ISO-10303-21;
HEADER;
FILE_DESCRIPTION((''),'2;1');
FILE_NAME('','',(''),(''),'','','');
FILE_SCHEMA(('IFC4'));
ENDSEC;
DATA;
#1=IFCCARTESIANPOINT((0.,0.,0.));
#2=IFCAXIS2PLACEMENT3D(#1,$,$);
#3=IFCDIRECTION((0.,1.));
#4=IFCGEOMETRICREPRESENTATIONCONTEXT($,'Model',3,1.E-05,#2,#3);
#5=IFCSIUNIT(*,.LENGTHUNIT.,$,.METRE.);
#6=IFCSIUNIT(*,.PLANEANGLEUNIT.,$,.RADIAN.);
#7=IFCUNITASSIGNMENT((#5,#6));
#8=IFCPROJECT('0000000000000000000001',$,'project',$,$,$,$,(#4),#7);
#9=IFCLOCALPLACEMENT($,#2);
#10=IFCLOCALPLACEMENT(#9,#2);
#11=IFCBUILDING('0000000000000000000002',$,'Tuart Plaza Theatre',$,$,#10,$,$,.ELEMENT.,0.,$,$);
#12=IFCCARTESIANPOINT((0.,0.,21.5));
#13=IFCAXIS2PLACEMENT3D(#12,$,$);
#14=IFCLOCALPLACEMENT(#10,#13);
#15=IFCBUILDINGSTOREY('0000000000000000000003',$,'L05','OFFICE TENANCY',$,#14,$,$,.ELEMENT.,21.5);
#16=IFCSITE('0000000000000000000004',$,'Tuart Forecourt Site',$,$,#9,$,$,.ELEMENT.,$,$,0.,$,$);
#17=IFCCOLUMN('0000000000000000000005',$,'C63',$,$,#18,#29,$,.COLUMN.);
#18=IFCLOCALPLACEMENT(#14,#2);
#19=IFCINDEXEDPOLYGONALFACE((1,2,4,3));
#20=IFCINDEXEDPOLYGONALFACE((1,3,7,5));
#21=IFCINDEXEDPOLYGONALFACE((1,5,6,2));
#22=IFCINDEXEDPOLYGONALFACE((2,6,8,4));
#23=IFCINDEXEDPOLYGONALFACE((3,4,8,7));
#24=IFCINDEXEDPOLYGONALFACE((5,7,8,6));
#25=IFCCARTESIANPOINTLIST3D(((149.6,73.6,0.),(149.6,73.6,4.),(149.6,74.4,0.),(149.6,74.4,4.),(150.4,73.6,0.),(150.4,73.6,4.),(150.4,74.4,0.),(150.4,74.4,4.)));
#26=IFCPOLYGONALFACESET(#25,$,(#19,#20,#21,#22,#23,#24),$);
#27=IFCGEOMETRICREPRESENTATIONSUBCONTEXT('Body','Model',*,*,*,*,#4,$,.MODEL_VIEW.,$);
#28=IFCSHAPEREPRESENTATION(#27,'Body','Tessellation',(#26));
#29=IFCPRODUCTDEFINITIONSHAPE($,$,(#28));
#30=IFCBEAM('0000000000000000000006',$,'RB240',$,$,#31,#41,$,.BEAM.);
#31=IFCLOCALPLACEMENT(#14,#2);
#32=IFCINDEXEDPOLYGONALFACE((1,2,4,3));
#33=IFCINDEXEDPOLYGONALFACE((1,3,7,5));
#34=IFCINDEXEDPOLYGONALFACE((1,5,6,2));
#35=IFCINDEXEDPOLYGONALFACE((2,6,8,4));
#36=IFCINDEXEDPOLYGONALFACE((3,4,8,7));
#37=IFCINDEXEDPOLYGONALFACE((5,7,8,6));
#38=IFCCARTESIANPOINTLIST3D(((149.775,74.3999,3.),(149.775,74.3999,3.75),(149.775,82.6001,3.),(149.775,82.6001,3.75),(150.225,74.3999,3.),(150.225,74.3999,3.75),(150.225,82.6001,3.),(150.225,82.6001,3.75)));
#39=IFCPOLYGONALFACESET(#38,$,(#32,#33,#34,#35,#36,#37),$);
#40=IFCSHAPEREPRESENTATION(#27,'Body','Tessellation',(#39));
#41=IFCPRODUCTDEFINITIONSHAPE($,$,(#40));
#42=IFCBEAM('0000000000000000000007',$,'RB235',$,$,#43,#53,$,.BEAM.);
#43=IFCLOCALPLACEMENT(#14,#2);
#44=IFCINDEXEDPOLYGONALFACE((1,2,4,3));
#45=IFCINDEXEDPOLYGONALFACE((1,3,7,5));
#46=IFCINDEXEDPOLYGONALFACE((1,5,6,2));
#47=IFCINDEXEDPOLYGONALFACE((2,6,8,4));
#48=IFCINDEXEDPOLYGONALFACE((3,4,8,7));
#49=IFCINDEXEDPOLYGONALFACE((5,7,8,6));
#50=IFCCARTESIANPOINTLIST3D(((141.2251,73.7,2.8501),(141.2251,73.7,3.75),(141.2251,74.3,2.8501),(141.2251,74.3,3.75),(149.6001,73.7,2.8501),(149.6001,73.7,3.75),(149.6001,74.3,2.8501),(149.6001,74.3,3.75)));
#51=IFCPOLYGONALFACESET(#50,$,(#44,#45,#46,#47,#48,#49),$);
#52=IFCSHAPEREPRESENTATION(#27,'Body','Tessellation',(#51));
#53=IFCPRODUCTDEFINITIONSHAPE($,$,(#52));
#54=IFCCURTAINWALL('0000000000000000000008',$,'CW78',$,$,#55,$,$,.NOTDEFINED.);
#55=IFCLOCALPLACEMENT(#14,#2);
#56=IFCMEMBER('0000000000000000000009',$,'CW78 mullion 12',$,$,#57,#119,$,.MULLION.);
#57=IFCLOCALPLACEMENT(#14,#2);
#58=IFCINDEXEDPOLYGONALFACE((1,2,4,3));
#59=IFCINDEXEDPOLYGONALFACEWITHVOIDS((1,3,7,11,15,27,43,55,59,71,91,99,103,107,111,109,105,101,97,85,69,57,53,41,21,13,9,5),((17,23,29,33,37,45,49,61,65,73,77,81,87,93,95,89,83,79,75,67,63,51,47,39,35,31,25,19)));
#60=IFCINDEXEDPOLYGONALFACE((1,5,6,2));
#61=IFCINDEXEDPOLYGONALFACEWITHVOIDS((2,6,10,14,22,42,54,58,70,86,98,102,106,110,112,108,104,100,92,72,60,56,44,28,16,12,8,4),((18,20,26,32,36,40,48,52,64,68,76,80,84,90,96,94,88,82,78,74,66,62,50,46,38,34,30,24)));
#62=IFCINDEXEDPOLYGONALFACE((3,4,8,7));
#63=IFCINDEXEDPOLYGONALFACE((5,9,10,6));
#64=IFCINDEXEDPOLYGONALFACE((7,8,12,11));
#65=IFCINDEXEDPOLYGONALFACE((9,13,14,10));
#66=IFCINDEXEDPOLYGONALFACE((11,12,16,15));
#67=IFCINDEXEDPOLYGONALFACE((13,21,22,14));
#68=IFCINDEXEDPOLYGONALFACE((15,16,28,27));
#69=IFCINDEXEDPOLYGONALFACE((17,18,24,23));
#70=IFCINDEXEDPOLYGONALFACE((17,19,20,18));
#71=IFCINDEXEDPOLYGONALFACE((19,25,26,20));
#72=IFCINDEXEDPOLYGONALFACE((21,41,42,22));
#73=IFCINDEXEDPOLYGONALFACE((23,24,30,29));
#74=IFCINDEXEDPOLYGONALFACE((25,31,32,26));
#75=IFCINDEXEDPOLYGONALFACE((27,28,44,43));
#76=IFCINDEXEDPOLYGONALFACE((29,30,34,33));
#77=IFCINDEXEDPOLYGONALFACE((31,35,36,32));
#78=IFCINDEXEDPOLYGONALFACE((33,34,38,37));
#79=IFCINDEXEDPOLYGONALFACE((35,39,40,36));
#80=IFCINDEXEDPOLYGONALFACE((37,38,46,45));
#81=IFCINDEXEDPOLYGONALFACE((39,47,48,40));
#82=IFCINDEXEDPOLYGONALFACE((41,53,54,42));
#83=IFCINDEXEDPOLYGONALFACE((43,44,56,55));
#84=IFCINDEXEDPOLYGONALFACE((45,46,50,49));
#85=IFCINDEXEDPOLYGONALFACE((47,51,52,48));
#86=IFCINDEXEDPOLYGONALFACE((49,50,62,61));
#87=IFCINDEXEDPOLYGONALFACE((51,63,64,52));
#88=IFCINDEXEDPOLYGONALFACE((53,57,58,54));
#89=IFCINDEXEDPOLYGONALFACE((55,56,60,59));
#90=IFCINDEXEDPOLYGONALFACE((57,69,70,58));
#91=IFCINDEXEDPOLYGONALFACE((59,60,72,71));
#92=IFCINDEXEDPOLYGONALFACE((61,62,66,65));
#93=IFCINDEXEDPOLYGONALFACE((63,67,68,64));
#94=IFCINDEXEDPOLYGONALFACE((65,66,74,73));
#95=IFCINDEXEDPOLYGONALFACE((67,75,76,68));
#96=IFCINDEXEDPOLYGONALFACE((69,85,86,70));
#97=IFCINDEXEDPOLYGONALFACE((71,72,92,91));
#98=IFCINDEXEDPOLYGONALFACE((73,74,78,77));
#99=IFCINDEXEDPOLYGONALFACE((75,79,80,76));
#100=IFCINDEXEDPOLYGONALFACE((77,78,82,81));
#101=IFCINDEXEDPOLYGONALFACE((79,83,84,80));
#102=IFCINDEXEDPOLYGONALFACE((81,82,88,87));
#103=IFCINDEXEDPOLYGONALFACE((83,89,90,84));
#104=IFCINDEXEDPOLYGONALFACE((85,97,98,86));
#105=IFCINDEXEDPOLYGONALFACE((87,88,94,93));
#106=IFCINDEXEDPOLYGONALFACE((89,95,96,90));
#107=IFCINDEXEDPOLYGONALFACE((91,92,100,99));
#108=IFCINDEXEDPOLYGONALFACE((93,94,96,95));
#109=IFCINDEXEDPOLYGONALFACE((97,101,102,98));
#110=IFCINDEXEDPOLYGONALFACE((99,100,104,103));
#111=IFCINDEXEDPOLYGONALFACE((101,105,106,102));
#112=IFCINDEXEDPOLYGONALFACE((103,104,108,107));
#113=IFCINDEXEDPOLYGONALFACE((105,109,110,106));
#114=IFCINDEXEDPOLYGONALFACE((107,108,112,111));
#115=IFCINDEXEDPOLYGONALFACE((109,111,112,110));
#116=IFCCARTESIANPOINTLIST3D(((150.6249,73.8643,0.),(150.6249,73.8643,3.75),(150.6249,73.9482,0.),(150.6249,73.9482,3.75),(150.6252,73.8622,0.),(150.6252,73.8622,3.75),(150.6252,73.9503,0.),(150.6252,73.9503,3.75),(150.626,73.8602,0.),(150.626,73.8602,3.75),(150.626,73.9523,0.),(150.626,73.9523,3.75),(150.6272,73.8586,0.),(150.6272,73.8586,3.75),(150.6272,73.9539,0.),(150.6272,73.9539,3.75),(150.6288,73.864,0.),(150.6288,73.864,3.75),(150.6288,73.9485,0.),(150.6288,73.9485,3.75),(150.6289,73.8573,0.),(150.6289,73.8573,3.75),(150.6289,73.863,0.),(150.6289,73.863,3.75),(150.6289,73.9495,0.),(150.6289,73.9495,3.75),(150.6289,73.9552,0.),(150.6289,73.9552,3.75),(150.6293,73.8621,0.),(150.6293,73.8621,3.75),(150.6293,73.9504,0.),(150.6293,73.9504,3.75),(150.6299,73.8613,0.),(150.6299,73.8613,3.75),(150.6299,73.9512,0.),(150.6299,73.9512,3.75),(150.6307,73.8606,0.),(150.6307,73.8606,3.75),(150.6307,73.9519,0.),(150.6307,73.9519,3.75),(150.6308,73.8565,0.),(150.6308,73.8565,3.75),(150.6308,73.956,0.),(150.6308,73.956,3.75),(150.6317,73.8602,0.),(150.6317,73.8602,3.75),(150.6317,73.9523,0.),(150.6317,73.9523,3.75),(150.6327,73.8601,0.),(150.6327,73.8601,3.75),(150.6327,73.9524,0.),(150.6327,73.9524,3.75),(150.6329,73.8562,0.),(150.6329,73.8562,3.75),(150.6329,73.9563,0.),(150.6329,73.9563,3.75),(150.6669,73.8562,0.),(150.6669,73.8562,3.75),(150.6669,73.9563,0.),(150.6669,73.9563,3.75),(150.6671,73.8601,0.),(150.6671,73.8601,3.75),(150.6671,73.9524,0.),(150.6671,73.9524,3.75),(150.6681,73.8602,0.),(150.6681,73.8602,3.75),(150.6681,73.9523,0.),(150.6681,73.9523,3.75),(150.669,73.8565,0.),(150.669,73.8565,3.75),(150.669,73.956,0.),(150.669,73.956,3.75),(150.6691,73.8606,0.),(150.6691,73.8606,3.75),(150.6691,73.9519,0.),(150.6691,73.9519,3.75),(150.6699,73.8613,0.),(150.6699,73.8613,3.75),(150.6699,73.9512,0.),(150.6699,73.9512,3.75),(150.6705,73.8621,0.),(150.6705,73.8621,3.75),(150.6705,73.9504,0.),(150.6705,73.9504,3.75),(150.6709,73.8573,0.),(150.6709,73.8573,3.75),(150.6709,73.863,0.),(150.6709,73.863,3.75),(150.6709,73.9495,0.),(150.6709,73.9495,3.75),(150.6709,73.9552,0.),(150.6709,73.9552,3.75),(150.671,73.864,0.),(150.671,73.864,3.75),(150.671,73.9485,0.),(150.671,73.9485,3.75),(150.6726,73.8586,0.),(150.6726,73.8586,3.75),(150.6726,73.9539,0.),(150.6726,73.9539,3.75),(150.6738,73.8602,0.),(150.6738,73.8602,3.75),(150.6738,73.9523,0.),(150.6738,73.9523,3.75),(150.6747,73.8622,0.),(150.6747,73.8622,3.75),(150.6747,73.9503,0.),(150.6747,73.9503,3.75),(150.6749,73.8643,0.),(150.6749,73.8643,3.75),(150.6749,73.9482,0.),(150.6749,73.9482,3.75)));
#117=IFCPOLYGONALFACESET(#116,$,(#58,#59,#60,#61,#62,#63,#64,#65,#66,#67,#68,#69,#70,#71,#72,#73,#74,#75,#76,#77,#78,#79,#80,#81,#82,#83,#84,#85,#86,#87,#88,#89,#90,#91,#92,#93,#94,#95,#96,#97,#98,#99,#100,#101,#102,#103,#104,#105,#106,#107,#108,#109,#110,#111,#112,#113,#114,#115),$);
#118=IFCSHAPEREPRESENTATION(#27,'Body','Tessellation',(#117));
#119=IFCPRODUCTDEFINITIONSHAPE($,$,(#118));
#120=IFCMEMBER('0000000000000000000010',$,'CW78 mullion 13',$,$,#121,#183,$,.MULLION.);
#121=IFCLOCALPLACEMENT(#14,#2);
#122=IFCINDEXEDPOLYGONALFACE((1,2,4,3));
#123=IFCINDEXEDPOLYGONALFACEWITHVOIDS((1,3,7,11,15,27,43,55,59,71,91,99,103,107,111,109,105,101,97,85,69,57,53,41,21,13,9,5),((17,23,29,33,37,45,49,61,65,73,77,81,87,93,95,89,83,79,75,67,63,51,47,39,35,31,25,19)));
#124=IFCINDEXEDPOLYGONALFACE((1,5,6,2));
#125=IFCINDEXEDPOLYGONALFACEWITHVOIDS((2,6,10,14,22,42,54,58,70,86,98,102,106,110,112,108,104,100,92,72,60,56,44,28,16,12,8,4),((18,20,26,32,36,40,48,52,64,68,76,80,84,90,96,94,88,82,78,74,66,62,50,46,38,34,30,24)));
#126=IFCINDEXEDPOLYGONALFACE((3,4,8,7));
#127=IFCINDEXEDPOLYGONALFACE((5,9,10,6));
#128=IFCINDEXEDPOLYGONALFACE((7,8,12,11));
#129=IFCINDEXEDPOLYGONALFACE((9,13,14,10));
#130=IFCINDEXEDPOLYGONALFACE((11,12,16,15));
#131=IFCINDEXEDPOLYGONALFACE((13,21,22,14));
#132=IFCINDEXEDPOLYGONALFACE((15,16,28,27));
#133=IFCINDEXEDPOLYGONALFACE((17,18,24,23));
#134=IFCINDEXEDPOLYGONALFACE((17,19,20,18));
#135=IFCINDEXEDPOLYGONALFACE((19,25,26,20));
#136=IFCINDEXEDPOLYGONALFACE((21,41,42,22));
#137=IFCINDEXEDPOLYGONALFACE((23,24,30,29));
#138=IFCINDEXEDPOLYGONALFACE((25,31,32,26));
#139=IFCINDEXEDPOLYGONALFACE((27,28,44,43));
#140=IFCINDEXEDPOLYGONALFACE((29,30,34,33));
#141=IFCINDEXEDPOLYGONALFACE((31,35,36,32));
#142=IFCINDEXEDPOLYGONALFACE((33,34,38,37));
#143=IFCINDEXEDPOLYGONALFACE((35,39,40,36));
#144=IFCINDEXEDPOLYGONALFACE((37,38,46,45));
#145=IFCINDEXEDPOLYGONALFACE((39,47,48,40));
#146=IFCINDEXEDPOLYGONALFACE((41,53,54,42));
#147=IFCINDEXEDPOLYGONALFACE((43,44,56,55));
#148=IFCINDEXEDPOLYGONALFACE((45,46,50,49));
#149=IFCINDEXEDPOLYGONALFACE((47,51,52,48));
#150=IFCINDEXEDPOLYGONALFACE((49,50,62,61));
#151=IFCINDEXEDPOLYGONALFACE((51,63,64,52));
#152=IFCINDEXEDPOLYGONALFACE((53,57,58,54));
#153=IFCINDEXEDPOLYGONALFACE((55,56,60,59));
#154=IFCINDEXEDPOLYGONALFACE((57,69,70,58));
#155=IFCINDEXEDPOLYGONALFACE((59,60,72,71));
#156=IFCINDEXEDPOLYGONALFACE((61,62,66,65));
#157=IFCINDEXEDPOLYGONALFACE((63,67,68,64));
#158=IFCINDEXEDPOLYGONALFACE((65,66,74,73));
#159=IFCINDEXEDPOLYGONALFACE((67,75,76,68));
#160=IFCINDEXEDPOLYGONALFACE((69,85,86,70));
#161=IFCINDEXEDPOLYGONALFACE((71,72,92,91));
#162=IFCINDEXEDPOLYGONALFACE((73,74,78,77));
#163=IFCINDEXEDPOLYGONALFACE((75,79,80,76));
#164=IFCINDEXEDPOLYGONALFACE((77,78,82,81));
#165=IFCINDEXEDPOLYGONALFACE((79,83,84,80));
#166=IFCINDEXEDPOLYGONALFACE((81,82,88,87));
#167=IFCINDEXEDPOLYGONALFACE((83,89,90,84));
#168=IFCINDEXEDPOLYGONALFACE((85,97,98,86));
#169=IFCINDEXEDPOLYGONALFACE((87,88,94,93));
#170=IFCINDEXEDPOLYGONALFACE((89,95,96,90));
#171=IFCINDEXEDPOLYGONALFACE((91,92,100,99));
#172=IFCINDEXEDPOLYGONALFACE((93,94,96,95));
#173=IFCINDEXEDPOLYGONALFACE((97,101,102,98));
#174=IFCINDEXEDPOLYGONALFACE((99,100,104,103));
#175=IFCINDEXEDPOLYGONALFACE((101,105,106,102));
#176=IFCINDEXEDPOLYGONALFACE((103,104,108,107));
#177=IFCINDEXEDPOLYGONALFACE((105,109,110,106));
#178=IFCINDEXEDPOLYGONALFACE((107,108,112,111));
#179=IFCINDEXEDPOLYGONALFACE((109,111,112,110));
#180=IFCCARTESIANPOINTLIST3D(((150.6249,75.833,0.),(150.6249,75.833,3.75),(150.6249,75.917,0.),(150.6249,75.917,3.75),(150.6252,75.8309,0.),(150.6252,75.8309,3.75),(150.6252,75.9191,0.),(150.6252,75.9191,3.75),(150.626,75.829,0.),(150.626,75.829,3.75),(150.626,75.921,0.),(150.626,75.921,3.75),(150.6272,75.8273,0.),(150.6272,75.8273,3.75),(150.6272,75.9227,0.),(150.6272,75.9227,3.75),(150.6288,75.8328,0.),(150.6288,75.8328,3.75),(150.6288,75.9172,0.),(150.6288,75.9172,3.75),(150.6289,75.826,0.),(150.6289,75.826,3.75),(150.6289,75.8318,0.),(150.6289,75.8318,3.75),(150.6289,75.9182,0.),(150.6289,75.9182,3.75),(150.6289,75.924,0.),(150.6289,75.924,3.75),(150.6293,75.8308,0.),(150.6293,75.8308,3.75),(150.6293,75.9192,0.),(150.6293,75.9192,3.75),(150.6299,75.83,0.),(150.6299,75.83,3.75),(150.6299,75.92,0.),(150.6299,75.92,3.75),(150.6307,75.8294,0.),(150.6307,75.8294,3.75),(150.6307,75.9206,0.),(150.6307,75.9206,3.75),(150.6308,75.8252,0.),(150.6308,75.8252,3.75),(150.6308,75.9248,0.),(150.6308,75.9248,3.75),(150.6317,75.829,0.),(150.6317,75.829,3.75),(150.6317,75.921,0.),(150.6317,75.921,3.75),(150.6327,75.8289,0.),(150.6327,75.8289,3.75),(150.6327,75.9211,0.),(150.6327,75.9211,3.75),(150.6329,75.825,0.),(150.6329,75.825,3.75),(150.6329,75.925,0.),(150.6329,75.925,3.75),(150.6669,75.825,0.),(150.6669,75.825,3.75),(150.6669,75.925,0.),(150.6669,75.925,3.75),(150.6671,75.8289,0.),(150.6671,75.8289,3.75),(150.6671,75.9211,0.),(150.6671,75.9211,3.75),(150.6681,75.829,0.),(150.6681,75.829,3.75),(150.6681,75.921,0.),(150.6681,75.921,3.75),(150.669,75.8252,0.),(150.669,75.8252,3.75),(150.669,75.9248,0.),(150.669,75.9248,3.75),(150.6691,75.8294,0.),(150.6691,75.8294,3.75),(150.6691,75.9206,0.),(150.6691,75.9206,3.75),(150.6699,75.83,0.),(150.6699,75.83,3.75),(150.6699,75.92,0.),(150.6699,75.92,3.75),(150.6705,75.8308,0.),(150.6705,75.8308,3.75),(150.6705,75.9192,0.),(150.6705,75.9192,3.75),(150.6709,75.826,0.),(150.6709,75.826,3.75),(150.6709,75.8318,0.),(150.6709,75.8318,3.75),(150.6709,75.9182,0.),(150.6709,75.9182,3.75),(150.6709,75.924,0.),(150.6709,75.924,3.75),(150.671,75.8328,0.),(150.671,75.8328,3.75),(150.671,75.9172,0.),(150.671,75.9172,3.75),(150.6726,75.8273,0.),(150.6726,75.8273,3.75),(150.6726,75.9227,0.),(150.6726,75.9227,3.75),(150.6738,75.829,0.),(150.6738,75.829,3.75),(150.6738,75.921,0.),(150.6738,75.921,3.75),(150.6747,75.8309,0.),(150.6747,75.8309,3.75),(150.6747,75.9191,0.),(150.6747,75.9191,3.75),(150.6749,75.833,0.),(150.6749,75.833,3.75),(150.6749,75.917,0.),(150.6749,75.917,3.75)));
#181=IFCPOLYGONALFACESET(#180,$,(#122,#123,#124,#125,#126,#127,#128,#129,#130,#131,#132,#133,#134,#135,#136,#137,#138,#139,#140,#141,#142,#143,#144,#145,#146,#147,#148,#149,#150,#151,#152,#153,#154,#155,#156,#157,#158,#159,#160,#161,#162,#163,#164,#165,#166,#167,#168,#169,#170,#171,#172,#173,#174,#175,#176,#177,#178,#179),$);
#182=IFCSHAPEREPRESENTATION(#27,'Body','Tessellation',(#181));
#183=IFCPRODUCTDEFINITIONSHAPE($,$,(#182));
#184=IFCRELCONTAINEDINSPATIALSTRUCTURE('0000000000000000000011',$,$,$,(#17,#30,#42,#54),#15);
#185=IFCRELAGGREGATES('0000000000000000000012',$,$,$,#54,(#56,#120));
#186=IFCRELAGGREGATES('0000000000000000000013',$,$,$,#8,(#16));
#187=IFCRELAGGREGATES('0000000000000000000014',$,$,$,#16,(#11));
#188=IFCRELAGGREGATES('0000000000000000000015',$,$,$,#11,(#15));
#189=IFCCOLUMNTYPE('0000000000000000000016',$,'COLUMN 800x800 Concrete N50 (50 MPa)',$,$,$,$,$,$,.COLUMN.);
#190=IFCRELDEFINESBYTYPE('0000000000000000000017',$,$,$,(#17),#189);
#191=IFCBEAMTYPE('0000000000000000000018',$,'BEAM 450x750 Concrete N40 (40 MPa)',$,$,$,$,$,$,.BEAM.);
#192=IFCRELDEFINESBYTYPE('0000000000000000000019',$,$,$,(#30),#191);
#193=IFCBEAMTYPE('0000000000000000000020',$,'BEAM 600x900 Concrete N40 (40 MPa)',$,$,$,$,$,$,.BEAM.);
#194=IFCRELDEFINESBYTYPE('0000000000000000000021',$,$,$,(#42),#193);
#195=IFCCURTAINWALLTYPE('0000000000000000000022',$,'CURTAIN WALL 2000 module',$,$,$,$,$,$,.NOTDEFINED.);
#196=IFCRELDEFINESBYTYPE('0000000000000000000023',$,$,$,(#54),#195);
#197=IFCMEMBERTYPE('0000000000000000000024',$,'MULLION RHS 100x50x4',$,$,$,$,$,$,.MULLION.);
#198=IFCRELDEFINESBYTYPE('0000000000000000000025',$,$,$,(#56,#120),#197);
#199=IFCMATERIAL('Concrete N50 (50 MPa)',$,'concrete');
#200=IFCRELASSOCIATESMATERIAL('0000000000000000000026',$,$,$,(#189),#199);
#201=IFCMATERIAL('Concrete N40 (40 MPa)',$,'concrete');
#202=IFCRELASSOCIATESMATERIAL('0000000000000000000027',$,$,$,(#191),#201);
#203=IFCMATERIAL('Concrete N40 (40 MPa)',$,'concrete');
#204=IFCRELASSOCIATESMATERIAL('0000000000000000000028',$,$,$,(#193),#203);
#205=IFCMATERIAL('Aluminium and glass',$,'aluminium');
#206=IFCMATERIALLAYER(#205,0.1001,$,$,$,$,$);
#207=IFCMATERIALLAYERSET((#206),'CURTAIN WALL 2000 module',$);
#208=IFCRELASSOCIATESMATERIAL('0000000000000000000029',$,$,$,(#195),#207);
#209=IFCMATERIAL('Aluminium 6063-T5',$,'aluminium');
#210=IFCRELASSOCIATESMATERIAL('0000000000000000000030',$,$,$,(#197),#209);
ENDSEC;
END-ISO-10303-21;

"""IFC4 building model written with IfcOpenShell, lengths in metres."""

from ifc_helpers import new_model, si_unit, direction, frame, origin, origin_2d, place, context, subcontext, project, spatial, rectangle, hollow_rectangle, extrude, material, layer, layer_set, material_profile, profile_set, type_object, element, aggregate, save


model = new_model("IFC4")

# Units and contexts
model_context = context("Model", 3, precision=1e-05, world=origin(), true_north=direction((0.0, 1.0)))
body_context = subcontext(model_context, "Body", "Model", "MODEL_VIEW")
ifc_project = project(units=[si_unit("LENGTHUNIT", "METRE"), si_unit("PLANEANGLEUNIT", "RADIAN")], contexts=[model_context])

# Site, building, storey
site_placement = place(None, origin())
site = spatial("IfcSite", under=ifc_project, at=site_placement, Name="Tuart Forecourt Site", CompositionType="ELEMENT", RefElevation=0.0)
building_placement = place(site_placement, origin())
building = spatial("IfcBuilding", under=site, at=building_placement, Name="Tuart Plaza Theatre", CompositionType="ELEMENT", ElevationOfRefHeight=0.0)
storey_placement = place(building_placement, frame((0.0, 0.0, 21.5)))
storey = spatial("IfcBuildingStorey", under=building, at=storey_placement, Name="L05", Description="OFFICE TENANCY", CompositionType="ELEMENT", Elevation=21.5)

# Column
ifc_material_1 = material(Name="Concrete N50 (50 MPa)", Category="concrete")
ifc_material_profile_1 = material_profile(ifc_material_1, rectangle(XDim=0.8, YDim=0.8, at=origin_2d()), Name="COLUMN 800x800 Concrete N50 (50 MPa)")
ifc_profile_set_1 = profile_set([ifc_material_profile_1], Name="Concrete N50 (50 MPa)")
column_type = type_object("IfcColumnType", Name="COLUMN 800x800 Concrete N50 (50 MPa)", PredefinedType="COLUMN", material=ifc_profile_set_1)
column_placement = place(storey_placement, frame((150.0, 74.0, 0.0), z_axis=(0.0, 0.0, 1.0), x_axis=(1.0, 0.0, 0.0)))
element("IfcColumn", 1, at=column_placement, inside=storey, type_object=column_type, Name="C63", PredefinedType="COLUMN", context=body_context, shape_type="SweptSolid", body=[
    extrude(rectangle(XDim=0.8, YDim=0.8, at=origin_2d()), origin(), (0.0, 0.0, 1.0), 4.0),
])

# Beams
ifc_material_2 = material(Name="Concrete N40 (40 MPa)", Category="concrete")
ifc_material_profile_2 = material_profile(ifc_material_2, rectangle(XDim=0.45, YDim=0.75, at=origin_2d()), Name="BEAM 450x750 Concrete N40 (40 MPa)")
ifc_profile_set_2 = profile_set([ifc_material_profile_2], Name="Concrete N40 (40 MPa)")
beam_type_1 = type_object("IfcBeamType", Name="BEAM 450x750 Concrete N40 (40 MPa)", PredefinedType="BEAM", material=ifc_profile_set_2)
beam_1_placement = place(storey_placement, frame((150.0, 74.3999, 3.375), z_axis=(0.0, 1.0, 0.0), x_axis=(-1.0, 0.0, 0.0)))
element("IfcBeam", 2, at=beam_1_placement, inside=storey, type_object=beam_type_1, Name="RB240", PredefinedType="BEAM", context=body_context, shape_type="SweptSolid", body=[
    extrude(rectangle(XDim=0.45, YDim=0.75, at=origin_2d()), origin(), (0.0, 0.0, 1.0), 8.2002),
])
ifc_material_3 = material(Name="Concrete N40 (40 MPa)", Category="concrete")
ifc_material_profile_3 = material_profile(ifc_material_3, rectangle(XDim=0.6001, YDim=0.8999, at=origin_2d()), Name="BEAM 600x900 Concrete N40 (40 MPa)")
ifc_profile_set_3 = profile_set([ifc_material_profile_3], Name="Concrete N40 (40 MPa)")
beam_type_2 = type_object("IfcBeamType", Name="BEAM 600x900 Concrete N40 (40 MPa)", PredefinedType="BEAM", material=ifc_profile_set_3)
beam_2_placement = place(storey_placement, frame((141.2251, 74.0, 3.3), z_axis=(1.0, 0.0, 0.0), x_axis=(0.0, 1.0, 0.0)))
element("IfcBeam", 3, at=beam_2_placement, inside=storey, type_object=beam_type_2, Name="RB235", PredefinedType="BEAM", context=body_context, shape_type="SweptSolid", body=[
    extrude(rectangle(XDim=0.6001, YDim=0.8999, at=origin_2d()), origin(), (0.0, 0.0, 1.0), 8.375),
])

# Curtain wall, members
ifc_material_4 = material(Name="Aluminium and glass", Category="aluminium")
ifc_layer_1 = layer(ifc_material_4, 0.1001)
ifc_layer_set_1 = layer_set([ifc_layer_1], Name="CURTAIN WALL 2000 module")
curtain_wall_type = type_object("IfcCurtainWallType", Name="CURTAIN WALL 2000 module", PredefinedType="NOTDEFINED", material=ifc_layer_set_1)
curtain_wall_placement = place(storey_placement, origin())
curtain_wall = element("IfcCurtainWall", 4, at=curtain_wall_placement, inside=storey, type_object=curtain_wall_type, Name="CW78", PredefinedType="NOTDEFINED")
ifc_material_5 = material(Name="Aluminium 6063-T5", Category="aluminium")
ifc_material_profile_4 = material_profile(ifc_material_5, hollow_rectangle(XDim=0.05, YDim=0.1001, WallThickness=0.0039, InnerFilletRadius=0.0039, OuterFilletRadius=0.0081, at=origin_2d()), Name="RHS 100x50x4")
ifc_profile_set_4 = profile_set([ifc_material_profile_4], Name="Aluminium 6063-T5")
member_type_1 = type_object("IfcMemberType", Name="MULLION RHS 100x50x4", PredefinedType="MULLION", material=ifc_profile_set_4)
member_1_placement = place(storey_placement, frame((150.6499, 73.9062, 0.0), z_axis=(0.0, 0.0, 1.0), x_axis=(-1.0, 0.0, 0.0)))
member_1 = element("IfcMember", 5, at=member_1_placement, type_object=member_type_1, Name="CW78 mullion 12", PredefinedType="MULLION", context=body_context, shape_type="SweptSolid", body=[
    extrude(hollow_rectangle(XDim=0.05, YDim=0.1001, WallThickness=0.0039, InnerFilletRadius=0.0039, OuterFilletRadius=0.0081, at=origin_2d()), origin(), (0.0, 0.0, 1.0), 3.75),
])
member_2_placement = place(storey_placement, frame((150.6499, 75.875, 0.0), z_axis=(0.0, 0.0, 1.0), x_axis=(-1.0, 0.0, 0.0)))
member_2 = element("IfcMember", 6, at=member_2_placement, type_object=member_type_1, Name="CW78 mullion 13", PredefinedType="MULLION", context=body_context, shape_type="SweptSolid", body=[
    extrude(hollow_rectangle(XDim=0.05, YDim=0.1001, WallThickness=0.0039, InnerFilletRadius=0.0039, OuterFilletRadius=0.0081, at=origin_2d()), origin(), (0.0, 0.0, 1.0), 3.75),
])
aggregate(curtain_wall, [member_1, member_2])

save(model, "model.ifc")
